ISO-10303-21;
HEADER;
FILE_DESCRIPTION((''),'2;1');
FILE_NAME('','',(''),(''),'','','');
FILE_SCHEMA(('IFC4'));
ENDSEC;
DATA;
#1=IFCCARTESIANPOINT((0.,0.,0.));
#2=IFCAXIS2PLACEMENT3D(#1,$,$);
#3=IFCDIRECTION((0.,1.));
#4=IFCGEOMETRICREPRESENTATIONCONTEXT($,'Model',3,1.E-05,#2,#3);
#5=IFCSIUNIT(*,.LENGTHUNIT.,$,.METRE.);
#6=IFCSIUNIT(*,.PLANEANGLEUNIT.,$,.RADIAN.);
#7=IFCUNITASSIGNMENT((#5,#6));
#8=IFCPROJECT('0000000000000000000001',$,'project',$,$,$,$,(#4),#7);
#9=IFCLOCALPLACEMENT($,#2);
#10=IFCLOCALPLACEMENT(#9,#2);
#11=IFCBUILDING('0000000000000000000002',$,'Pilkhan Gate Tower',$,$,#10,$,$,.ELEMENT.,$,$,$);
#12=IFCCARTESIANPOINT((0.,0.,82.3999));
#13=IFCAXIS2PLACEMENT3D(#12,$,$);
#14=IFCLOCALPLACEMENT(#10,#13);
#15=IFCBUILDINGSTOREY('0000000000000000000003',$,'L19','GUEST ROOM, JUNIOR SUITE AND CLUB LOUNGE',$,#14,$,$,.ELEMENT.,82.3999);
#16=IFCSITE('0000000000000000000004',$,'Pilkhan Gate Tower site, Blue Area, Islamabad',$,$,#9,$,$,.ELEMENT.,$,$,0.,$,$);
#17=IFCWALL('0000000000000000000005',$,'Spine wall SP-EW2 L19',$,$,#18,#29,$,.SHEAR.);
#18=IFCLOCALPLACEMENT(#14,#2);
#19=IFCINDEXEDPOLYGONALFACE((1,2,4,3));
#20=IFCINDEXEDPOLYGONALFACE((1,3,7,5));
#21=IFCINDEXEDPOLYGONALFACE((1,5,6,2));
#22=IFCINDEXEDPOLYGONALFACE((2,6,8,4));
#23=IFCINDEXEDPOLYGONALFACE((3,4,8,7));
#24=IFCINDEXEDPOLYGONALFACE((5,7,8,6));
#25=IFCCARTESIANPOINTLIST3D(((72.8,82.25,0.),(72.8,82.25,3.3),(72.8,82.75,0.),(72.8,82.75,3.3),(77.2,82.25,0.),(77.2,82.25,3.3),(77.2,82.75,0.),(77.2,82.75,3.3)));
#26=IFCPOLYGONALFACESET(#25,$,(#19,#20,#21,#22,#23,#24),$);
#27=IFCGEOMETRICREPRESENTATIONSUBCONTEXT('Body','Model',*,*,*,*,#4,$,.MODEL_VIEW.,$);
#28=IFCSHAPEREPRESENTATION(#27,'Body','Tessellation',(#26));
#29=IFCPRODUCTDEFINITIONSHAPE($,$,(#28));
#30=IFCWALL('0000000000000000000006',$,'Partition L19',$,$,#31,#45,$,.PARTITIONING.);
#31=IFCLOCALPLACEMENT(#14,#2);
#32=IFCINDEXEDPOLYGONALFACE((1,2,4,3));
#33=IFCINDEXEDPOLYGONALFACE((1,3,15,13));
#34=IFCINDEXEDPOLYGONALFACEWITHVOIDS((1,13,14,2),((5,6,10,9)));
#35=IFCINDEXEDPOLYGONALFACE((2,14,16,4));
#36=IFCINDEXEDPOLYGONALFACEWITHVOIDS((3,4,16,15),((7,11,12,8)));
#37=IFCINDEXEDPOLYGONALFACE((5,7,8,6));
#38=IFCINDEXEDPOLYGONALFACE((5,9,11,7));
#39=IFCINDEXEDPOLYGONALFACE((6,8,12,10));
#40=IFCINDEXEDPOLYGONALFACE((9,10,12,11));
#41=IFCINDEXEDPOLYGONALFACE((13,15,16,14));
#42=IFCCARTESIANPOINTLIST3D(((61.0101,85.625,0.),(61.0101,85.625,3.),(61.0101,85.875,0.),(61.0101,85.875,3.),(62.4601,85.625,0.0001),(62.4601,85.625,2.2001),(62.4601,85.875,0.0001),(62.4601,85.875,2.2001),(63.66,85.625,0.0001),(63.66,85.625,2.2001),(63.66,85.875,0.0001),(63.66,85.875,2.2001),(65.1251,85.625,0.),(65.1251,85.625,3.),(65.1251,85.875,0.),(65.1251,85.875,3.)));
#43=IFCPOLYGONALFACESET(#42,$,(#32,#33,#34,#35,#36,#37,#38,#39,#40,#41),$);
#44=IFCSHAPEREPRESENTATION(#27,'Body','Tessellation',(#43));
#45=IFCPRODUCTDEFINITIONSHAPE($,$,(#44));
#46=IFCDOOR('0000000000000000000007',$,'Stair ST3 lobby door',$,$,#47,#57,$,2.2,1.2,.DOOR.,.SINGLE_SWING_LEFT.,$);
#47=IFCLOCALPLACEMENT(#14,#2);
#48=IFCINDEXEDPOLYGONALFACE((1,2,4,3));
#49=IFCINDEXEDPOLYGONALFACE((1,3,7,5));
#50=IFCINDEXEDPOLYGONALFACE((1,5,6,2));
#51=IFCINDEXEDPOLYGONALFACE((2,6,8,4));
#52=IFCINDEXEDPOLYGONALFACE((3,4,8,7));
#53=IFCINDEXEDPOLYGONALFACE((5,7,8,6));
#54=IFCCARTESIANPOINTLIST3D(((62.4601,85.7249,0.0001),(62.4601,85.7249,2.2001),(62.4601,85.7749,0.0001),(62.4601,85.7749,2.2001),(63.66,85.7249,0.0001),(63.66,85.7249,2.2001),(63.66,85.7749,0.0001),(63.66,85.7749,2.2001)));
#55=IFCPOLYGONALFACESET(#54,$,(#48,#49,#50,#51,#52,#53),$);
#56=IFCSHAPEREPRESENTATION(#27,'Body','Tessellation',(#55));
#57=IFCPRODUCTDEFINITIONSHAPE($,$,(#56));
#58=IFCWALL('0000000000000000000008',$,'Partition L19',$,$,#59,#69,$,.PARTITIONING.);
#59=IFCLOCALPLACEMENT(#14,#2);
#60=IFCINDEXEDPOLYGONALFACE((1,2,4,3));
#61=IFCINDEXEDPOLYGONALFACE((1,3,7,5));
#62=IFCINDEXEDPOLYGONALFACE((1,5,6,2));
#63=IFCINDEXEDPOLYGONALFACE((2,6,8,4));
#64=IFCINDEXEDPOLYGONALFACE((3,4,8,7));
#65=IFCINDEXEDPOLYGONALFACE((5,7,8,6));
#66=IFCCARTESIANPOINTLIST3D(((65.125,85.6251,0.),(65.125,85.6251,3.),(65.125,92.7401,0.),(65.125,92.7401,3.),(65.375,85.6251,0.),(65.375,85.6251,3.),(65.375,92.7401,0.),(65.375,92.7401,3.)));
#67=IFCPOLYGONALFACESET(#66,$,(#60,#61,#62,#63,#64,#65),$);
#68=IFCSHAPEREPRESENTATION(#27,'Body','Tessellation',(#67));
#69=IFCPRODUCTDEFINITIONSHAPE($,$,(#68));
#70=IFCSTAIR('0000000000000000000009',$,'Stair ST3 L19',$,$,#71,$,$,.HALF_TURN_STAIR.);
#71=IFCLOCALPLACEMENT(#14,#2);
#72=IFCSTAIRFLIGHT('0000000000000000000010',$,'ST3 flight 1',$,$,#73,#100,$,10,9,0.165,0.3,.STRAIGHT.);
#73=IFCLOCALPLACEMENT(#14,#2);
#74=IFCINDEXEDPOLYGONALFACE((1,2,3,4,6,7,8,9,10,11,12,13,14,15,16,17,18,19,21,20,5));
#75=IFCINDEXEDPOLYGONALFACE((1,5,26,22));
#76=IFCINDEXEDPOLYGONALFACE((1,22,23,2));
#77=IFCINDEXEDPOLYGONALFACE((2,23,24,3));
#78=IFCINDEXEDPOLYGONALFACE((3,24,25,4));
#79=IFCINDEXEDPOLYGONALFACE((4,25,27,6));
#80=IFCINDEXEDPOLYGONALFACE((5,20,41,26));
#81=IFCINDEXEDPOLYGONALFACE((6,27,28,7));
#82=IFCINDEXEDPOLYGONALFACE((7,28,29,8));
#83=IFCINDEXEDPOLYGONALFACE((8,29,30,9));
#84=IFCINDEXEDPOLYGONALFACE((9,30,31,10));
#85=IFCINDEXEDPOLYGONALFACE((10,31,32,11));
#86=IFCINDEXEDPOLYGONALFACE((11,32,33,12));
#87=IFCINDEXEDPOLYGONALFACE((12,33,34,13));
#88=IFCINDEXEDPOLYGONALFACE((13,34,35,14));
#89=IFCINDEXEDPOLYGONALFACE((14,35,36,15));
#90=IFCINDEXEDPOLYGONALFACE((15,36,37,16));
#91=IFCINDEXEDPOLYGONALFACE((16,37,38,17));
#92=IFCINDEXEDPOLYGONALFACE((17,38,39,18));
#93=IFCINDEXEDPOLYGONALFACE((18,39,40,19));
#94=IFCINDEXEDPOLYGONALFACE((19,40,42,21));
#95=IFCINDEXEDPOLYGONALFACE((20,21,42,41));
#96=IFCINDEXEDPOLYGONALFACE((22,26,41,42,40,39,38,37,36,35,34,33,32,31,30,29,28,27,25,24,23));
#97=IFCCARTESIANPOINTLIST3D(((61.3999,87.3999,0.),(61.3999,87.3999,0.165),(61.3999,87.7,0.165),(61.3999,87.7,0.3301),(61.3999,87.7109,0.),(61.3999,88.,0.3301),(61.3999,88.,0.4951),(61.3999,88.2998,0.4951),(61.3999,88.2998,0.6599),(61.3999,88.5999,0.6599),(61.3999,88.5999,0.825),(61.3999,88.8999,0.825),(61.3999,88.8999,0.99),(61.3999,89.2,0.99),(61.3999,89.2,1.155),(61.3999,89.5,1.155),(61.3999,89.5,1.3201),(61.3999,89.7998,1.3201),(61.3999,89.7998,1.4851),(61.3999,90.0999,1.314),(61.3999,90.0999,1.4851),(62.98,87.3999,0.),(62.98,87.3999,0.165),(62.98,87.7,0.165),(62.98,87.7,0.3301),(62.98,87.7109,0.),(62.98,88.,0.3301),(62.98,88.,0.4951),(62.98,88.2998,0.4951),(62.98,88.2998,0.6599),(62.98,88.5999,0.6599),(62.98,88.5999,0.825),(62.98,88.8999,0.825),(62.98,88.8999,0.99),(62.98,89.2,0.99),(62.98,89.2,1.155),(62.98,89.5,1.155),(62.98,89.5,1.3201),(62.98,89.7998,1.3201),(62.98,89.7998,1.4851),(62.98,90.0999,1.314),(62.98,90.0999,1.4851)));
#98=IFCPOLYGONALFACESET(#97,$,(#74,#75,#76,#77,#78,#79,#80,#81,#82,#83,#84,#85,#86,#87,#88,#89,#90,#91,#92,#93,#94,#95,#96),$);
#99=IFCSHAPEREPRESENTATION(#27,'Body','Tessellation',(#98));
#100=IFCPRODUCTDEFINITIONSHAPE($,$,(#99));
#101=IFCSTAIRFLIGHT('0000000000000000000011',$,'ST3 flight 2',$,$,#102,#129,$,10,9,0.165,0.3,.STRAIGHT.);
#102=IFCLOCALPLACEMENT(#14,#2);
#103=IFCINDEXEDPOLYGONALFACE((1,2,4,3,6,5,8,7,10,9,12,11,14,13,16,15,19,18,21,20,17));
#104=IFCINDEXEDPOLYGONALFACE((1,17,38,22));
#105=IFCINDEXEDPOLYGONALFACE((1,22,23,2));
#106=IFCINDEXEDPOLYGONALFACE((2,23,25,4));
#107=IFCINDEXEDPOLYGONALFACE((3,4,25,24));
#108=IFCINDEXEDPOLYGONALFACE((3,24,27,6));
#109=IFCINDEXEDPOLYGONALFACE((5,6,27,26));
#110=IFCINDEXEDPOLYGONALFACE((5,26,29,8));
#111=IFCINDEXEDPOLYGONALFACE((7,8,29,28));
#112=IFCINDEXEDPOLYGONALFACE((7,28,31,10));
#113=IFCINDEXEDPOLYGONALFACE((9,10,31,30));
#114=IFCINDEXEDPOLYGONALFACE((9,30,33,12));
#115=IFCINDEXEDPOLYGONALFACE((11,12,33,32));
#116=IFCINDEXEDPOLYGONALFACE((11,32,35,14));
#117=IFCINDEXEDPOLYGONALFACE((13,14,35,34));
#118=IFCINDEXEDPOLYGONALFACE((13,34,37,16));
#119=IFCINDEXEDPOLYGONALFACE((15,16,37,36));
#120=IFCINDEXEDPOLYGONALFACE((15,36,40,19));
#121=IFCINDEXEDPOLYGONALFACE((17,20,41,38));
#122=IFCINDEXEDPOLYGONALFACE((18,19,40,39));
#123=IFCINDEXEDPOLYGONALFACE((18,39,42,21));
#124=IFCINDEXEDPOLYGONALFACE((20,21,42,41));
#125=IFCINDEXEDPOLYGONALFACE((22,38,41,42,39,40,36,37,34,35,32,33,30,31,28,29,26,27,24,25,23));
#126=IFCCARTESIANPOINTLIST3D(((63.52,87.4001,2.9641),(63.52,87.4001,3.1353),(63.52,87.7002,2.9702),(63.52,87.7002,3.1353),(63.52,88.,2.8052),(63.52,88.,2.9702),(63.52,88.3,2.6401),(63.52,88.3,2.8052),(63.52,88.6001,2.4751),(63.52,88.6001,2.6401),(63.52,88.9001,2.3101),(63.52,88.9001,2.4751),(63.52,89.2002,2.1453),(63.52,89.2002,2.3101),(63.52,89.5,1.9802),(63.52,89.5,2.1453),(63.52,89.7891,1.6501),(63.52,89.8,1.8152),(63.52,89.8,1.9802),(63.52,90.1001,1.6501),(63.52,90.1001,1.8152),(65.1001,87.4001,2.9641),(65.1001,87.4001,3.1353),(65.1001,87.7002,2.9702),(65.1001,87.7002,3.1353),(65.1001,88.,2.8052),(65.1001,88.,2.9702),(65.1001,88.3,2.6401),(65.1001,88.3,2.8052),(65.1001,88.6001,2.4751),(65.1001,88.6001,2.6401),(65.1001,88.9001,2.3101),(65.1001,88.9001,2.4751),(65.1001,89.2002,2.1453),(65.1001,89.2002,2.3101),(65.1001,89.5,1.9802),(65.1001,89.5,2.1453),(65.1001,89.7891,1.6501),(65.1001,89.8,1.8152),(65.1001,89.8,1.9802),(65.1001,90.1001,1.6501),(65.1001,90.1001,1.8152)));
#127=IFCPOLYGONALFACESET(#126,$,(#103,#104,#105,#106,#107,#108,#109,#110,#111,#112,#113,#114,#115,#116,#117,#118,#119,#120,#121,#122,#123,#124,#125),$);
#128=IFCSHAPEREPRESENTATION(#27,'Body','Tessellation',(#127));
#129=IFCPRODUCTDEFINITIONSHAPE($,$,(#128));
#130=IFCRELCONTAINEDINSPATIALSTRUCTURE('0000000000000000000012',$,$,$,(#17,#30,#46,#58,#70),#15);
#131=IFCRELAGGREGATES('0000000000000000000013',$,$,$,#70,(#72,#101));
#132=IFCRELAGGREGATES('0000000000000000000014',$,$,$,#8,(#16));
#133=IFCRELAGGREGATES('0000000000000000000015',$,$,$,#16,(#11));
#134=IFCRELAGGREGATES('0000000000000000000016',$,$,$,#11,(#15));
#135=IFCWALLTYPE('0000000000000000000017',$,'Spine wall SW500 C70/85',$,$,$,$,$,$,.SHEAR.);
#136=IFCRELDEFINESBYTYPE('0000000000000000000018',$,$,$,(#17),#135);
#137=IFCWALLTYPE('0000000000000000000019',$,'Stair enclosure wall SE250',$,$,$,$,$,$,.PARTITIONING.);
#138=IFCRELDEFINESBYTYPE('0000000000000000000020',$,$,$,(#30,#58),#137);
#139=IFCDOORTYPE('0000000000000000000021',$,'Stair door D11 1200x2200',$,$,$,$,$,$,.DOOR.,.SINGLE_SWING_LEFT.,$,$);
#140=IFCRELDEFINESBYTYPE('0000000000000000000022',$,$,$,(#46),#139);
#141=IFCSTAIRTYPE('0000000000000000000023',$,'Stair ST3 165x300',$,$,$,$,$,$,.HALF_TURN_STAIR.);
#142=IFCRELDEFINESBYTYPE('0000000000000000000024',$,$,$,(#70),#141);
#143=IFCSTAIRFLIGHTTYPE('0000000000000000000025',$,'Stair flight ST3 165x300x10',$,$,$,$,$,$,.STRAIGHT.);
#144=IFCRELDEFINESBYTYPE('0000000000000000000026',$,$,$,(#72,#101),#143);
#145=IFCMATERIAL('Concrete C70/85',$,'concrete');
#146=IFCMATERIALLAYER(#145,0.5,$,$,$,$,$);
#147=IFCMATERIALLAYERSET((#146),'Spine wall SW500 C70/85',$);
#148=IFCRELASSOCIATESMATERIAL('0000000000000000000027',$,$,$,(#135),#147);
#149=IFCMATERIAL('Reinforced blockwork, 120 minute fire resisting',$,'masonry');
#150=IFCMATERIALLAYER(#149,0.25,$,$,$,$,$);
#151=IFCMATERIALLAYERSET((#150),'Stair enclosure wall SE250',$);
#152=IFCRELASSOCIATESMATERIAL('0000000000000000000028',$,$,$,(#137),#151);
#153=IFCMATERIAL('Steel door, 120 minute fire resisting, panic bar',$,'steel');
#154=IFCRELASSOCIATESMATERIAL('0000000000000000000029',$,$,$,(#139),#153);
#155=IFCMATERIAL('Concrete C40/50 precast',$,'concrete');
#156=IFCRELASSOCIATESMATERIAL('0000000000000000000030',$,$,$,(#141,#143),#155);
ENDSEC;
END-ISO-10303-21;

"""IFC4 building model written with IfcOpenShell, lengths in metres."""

from ifc_helpers import new_model, si_unit, direction, frame, frame_2d, origin, place, context, subcontext, project, spatial, polyline, rectangle, outline, extrude, material, layer, layer_set, type_object, element, fill, aggregate, save


model = new_model("IFC4")

# Units and contexts
model_context = context("Model", 3, precision=1e-05, world=origin(), true_north=direction((0.0, 1.0)))
body_context = subcontext(model_context, "Body", "Model", "MODEL_VIEW")
ifc_project = project(units=[si_unit("LENGTHUNIT", "METRE"), si_unit("PLANEANGLEUNIT", "RADIAN")], contexts=[model_context])

# Site, building, storey
site_placement = place(None, origin())
site = spatial("IfcSite", under=ifc_project, at=site_placement, Name="Pilkhan Gate Tower site, Blue Area, Islamabad", CompositionType="ELEMENT", RefElevation=0.0)
building_placement = place(site_placement, origin())
building = spatial("IfcBuilding", under=site, at=building_placement, Name="Pilkhan Gate Tower", CompositionType="ELEMENT")
storey_placement = place(building_placement, frame((0.0, 0.0, 82.3999)))
storey = spatial("IfcBuildingStorey", under=building, at=storey_placement, Name="L19", Description="GUEST ROOM, JUNIOR SUITE AND CLUB LOUNGE", CompositionType="ELEMENT", Elevation=82.3999)

# Shared definitions
ifc_material_1 = material(Name="Concrete C70/85", Category="concrete")

# Wall
ifc_layer_1 = layer(ifc_material_1, 0.5)
ifc_layer_set_1 = layer_set([ifc_layer_1], Name="Spine wall SW500 C70/85")
wall_type_1 = type_object("IfcWallType", Name="Spine wall SW500 C70/85", PredefinedType="SHEAR", material=ifc_layer_set_1)
wall_1_placement = place(storey_placement, frame((72.8, 82.5, 0.0), z_axis=(0.0, 0.0, 1.0), x_axis=(1.0, 0.0, 0.0)))
element("IfcWall", 1, at=wall_1_placement, inside=storey, type_object=wall_type_1, Name="Spine wall SP-EW2 L19", PredefinedType="SHEAR", context=body_context, shape_type="SweptSolid", body=[
    extrude(rectangle(XDim=4.3999, YDim=0.5, at=frame_2d((2.2, 0.0))), origin(), (0.0, 0.0, 1.0), 3.3),
])

# Wall, opening, door
ifc_material_2 = material(Name="Reinforced blockwork, 120 minute fire resisting", Category="masonry")
ifc_layer_2 = layer(ifc_material_2, 0.25)
ifc_layer_set_2 = layer_set([ifc_layer_2], Name="Stair enclosure wall SE250")
wall_type_2 = type_object("IfcWallType", Name="Stair enclosure wall SE250", PredefinedType="PARTITIONING", material=ifc_layer_set_2)
wall_2_placement = place(storey_placement, frame((61.01, 85.75, 0.0), z_axis=(0.0, 0.0, 1.0), x_axis=(1.0, 0.0, 0.0)))
wall_2 = element("IfcWall", 2, at=wall_2_placement, inside=storey, type_object=wall_type_2, Name="Partition L19", PredefinedType="PARTITIONING", context=body_context, shape_type="SweptSolid", body=[
    extrude(rectangle(XDim=4.115, YDim=0.25, at=frame_2d((2.0576, 0.0))), origin(), (0.0, 0.0, 1.0), 3.0),
])
opening_1_placement = place(wall_2_placement, frame((1.45, 0.0, 0.0)))
opening_1 = element("IfcOpeningElement", 3, at=opening_1_placement, cuts=wall_2, PredefinedType="OPENING", context=body_context, shape_type="SweptSolid", body=[
    extrude(rectangle(XDim=1.2, YDim=2.2, at=frame_2d((0.6001, 1.1001))), frame((0.0, 0.135, 0.0), z_axis=(0.0, -1.0, 0.0), x_axis=(1.0, 0.0, 0.0)), (0.0, 0.0, 1.0), 0.27),
])
ifc_material_3 = material(Name="Steel door, 120 minute fire resisting, panic bar", Category="steel")
door_type_1 = type_object("IfcDoorType", Name="Stair door D11 1200x2200", OperationType="SINGLE_SWING_LEFT", PredefinedType="DOOR", material=ifc_material_3)
door_1_placement = place(opening_1_placement, origin())
door_1 = element("IfcDoor", 4, at=door_1_placement, inside=storey, type_object=door_type_1, Name="Stair ST3 lobby door", OperationType="SINGLE_SWING_LEFT", OverallHeight=2.2, OverallWidth=1.2, PredefinedType="DOOR", context=body_context, shape_type="SweptSolid", body=[
    extrude(rectangle(XDim=1.2, YDim=2.2, at=frame_2d((0.6001, 1.1001))), frame((0.0, 0.0249, 0.0), z_axis=(0.0, -1.0, 0.0), x_axis=(1.0, 0.0, 0.0)), (0.0, 0.0, 1.0), 0.05),
])
fill(opening_1, door_1)

# Wall
wall_3_placement = place(storey_placement, frame((65.25, 85.625, 0.0), z_axis=(0.0, 0.0, 1.0), x_axis=(0.0, 1.0, 0.0)))
element("IfcWall", 5, at=wall_3_placement, inside=storey, type_object=wall_type_2, Name="Partition L19", PredefinedType="PARTITIONING", context=body_context, shape_type="SweptSolid", body=[
    extrude(rectangle(XDim=7.115, YDim=0.25, at=frame_2d((3.5576, 0.0))), origin(), (0.0, 0.0, 1.0), 3.0),
])

# Stair, stair flights
ifc_material_4 = material(Name="Concrete C40/50 precast", Category="concrete")
stair_type = type_object("IfcStairType", Name="Stair ST3 165x300", PredefinedType="HALF_TURN_STAIR", material=ifc_material_4)
stair_placement = place(storey_placement, origin())
stair = element("IfcStair", 6, at=stair_placement, inside=storey, type_object=stair_type, Name="Stair ST3 L19", PredefinedType="HALF_TURN_STAIR")
stair_flight_type = type_object("IfcStairFlightType", Name="Stair flight ST3 165x300x10", PredefinedType="STRAIGHT", material=ifc_material_4)
stair_flight_1_placement = place(storey_placement, frame((62.1899, 87.3999, 0.0), z_axis=(0.0, 0.0, 1.0), x_axis=(0.0, 1.0, 0.0)))
stair_flight_1 = element("IfcStairFlight", 7, at=stair_flight_1_placement, type_object=stair_flight_type, Name="ST3 flight 1", NumberOfRisers=10, NumberOfTreads=9, PredefinedType="STRAIGHT", RiserHeight=0.165, TreadLength=0.3, context=body_context, shape_type="SweptSolid", body=[
    extrude(outline(polyline([(0.0, 0.0), (0.0, 0.165), (0.3, 0.165), (0.3, 0.3301), (0.6001, 0.3301), (0.6001, 0.4951), (0.8999, 0.4951), (0.8999, 0.6599), (1.2, 0.6599), (1.2, 0.825), (1.5, 0.825), (1.5, 0.99), (1.8, 0.99), (1.8, 1.155), (2.1001, 1.155), (2.1001, 1.3201), (2.3999, 1.3201), (2.3999, 1.4851), (2.7, 1.4851), (2.7, 1.6499), (2.7, 1.314), (0.311, 0.0), (0.0, 0.0)])), frame((0.0, 0.79, 0.0), z_axis=(0.0, -1.0, 0.0), x_axis=(1.0, 0.0, 0.0)), (0.0, 0.0, 1.0), 1.5801),
])
stair_flight_2_placement = place(storey_placement, frame((64.3101, 90.1001, 1.6501), z_axis=(0.0, 0.0, 1.0), x_axis=(0.0, -1.0, 0.0)))
stair_flight_2 = element("IfcStairFlight", 8, at=stair_flight_2_placement, type_object=stair_flight_type, Name="ST3 flight 2", NumberOfRisers=10, NumberOfTreads=9, PredefinedType="STRAIGHT", RiserHeight=0.165, TreadLength=0.3, context=body_context, shape_type="SweptSolid", body=[
    extrude(outline(polyline([(0.0, 0.0), (0.0, 0.165), (0.3, 0.165), (0.3, 0.3301), (0.6001, 0.3301), (0.6001, 0.4951), (0.8999, 0.4951), (0.8999, 0.6599), (1.2, 0.6599), (1.2, 0.825), (1.5, 0.825), (1.5, 0.99), (1.8, 0.99), (1.8, 1.155), (2.1001, 1.155), (2.1001, 1.3201), (2.3999, 1.3201), (2.3999, 1.4851), (2.7, 1.4851), (2.7, 1.6499), (2.7, 1.314), (0.311, 0.0), (0.0, 0.0)])), frame((0.0, 0.79, 0.0), z_axis=(0.0, -1.0, 0.0), x_axis=(1.0, 0.0, 0.0)), (0.0, 0.0, 1.0), 1.5801),
])
aggregate(stair, [stair_flight_1, stair_flight_2])

save(model, "model.ifc")
